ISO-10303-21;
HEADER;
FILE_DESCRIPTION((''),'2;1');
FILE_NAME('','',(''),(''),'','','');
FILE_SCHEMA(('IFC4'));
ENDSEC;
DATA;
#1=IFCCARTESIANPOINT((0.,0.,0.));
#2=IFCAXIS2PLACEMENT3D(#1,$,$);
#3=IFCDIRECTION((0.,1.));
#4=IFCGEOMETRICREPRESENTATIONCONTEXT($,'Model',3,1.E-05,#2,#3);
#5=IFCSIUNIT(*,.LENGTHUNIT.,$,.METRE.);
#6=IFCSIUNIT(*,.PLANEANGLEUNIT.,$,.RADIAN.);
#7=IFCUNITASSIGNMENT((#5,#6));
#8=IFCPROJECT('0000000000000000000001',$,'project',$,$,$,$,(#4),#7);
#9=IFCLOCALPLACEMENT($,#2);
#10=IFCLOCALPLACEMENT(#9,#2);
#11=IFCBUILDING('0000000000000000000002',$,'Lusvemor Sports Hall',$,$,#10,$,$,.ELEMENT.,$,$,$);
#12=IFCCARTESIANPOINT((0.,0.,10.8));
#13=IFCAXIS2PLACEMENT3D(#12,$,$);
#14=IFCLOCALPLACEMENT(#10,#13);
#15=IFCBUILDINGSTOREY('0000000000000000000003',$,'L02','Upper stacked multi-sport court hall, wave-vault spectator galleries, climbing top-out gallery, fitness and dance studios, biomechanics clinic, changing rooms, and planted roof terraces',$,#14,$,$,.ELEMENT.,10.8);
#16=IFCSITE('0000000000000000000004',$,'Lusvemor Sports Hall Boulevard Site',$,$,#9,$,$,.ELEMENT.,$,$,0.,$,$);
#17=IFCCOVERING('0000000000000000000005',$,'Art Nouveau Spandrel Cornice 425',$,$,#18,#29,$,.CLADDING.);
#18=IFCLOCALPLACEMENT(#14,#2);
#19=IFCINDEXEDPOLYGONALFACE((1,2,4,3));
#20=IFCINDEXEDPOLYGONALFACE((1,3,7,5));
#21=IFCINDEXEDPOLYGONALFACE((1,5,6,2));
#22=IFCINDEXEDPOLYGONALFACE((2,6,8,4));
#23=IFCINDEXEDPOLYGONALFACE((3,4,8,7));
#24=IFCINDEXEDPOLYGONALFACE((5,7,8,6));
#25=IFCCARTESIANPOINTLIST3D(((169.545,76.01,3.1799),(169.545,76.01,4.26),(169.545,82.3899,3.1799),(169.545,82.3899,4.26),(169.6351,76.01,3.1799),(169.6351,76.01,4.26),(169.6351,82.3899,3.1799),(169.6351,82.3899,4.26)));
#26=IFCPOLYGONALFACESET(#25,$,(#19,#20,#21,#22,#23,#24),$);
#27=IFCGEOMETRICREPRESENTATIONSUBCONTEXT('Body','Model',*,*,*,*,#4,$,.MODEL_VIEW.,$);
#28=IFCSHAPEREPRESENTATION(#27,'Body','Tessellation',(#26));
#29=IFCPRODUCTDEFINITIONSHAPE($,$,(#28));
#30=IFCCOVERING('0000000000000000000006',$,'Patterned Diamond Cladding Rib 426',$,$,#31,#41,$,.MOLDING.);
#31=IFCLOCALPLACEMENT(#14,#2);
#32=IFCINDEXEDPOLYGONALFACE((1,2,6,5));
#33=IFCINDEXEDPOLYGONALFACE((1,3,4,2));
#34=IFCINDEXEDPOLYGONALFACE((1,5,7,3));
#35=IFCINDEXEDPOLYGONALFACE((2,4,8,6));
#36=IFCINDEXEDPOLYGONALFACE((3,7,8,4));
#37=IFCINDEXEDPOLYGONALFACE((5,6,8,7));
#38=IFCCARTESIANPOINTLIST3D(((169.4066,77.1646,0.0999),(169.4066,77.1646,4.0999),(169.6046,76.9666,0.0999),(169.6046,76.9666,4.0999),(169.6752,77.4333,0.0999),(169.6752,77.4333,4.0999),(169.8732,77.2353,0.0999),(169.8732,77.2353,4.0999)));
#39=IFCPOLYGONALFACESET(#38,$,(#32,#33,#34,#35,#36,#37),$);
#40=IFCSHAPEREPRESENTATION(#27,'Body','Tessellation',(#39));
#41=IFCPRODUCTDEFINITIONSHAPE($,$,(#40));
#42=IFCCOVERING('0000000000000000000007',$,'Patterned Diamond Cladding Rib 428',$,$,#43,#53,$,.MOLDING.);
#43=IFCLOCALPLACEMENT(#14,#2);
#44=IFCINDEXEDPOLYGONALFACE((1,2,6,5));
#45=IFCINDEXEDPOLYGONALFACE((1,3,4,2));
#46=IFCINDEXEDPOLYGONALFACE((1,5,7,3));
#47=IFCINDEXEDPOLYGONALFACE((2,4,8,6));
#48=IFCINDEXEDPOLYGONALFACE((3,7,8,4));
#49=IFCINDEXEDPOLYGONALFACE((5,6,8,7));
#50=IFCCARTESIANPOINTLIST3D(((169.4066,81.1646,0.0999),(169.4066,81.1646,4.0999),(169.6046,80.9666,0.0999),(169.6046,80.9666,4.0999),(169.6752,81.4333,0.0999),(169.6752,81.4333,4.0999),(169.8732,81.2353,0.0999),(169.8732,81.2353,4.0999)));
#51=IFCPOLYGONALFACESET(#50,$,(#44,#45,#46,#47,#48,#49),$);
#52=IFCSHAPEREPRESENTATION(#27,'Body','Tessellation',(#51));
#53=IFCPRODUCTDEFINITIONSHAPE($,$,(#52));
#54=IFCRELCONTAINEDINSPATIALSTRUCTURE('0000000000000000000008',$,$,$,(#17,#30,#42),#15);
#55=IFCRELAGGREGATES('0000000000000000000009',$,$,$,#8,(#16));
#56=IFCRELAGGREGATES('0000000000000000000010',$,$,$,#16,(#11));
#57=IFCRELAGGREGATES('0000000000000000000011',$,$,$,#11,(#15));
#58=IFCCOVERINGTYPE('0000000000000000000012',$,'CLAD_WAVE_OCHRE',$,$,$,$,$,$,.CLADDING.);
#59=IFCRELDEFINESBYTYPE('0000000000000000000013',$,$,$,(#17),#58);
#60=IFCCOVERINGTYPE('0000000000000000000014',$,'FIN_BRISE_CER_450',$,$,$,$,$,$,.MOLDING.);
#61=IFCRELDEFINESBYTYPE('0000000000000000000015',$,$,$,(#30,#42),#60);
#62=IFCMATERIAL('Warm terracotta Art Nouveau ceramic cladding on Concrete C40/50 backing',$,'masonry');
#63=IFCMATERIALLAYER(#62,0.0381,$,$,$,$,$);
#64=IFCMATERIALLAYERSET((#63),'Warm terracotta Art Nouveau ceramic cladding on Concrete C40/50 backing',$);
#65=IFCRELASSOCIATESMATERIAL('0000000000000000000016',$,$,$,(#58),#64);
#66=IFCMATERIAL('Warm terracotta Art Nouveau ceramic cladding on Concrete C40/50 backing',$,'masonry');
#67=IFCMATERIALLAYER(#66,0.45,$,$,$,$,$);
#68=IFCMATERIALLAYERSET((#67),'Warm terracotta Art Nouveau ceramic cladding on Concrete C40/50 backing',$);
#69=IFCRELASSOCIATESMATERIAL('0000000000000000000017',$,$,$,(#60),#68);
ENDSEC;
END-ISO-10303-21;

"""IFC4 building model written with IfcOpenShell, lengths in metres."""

from ifc_helpers import new_model, si_unit, direction, frame, origin, origin_2d, place, context, subcontext, project, spatial, rectangle, extrude, material, layer, layer_set, type_object, element, save


model = new_model("IFC4")

# Units and contexts
model_context = context("Model", 3, precision=1e-05, world=origin(), true_north=direction((0.0, 1.0)))
body_context = subcontext(model_context, "Body", "Model", "MODEL_VIEW")
ifc_project = project(units=[si_unit("LENGTHUNIT", "METRE"), si_unit("PLANEANGLEUNIT", "RADIAN")], contexts=[model_context])

# Site, building, storey
site_placement = place(None, origin())
site = spatial("IfcSite", under=ifc_project, at=site_placement, Name="Lusvemor Sports Hall Boulevard Site", CompositionType="ELEMENT", RefElevation=0.0)
building_placement = place(site_placement, origin())
building = spatial("IfcBuilding", under=site, at=building_placement, Name="Lusvemor Sports Hall", CompositionType="ELEMENT")
storey_placement = place(building_placement, frame((0.0, 0.0, 10.8)))
storey = spatial("IfcBuildingStorey", under=building, at=storey_placement, Name="L02", Description="Upper stacked multi-sport court hall, wave-vault spectator galleries, climbing top-out gallery, fitness and dance studios, biomechanics clinic, changing rooms, and planted roof terraces", CompositionType="ELEMENT", Elevation=10.8)

# Coverings
ifc_material_1 = material(Name="Warm terracotta Art Nouveau ceramic cladding on Concrete C40/50 backing", Category="masonry")
ifc_layer_1 = layer(ifc_material_1, 0.0381)
ifc_layer_set_1 = layer_set([ifc_layer_1], Name="Warm terracotta Art Nouveau ceramic cladding on Concrete C40/50 backing")
covering_type_1 = type_object("IfcCoveringType", Name="CLAD_WAVE_OCHRE", PredefinedType="CLADDING", material=ifc_layer_set_1)
covering_1_placement = place(storey_placement, frame((169.5901, 79.2, 3.1799), z_axis=(0.0, 0.0, 1.0), x_axis=(1.0, 0.0, 0.0)))
element("IfcCovering", 1, at=covering_1_placement, inside=storey, type_object=covering_type_1, Name="Art Nouveau Spandrel Cornice 425", PredefinedType="CLADDING", context=body_context, shape_type="SweptSolid", body=[
    extrude(rectangle(XDim=0.0901, YDim=6.3799, at=origin_2d()), origin(), (0.0, 0.0, 1.0), 1.0801),
])
ifc_material_2 = material(Name="Warm terracotta Art Nouveau ceramic cladding on Concrete C40/50 backing", Category="masonry")
ifc_layer_2 = layer(ifc_material_2, 0.45)
ifc_layer_set_2 = layer_set([ifc_layer_2], Name="Warm terracotta Art Nouveau ceramic cladding on Concrete C40/50 backing")
covering_type_2 = type_object("IfcCoveringType", Name="FIN_BRISE_CER_450", PredefinedType="MOLDING", material=ifc_layer_set_2)
for number, where, z_axis, x_axis, name in (
    (2, (169.6399, 77.2, 0.0999), (0.0, 0.0, 1.0), (0.707107, 0.707107, 0.0), "Patterned Diamond Cladding Rib 426"),
    (3, (169.6399, 81.2, 0.0999), (0.0, 0.0, 1.0), (0.707107, 0.707107, 0.0), "Patterned Diamond Cladding Rib 428"),
):
    element("IfcCovering", number, at=place(storey_placement, frame(where, z_axis=z_axis, x_axis=x_axis)), inside=storey, type_object=covering_type_2, Name=name, PredefinedType="MOLDING", context=body_context, shape_type="SweptSolid", body=[
        extrude(rectangle(XDim=0.3799, YDim=0.28, at=origin_2d()), origin(), (0.0, 0.0, 1.0), 4.0),
    ])

save(model, "model.ifc")
